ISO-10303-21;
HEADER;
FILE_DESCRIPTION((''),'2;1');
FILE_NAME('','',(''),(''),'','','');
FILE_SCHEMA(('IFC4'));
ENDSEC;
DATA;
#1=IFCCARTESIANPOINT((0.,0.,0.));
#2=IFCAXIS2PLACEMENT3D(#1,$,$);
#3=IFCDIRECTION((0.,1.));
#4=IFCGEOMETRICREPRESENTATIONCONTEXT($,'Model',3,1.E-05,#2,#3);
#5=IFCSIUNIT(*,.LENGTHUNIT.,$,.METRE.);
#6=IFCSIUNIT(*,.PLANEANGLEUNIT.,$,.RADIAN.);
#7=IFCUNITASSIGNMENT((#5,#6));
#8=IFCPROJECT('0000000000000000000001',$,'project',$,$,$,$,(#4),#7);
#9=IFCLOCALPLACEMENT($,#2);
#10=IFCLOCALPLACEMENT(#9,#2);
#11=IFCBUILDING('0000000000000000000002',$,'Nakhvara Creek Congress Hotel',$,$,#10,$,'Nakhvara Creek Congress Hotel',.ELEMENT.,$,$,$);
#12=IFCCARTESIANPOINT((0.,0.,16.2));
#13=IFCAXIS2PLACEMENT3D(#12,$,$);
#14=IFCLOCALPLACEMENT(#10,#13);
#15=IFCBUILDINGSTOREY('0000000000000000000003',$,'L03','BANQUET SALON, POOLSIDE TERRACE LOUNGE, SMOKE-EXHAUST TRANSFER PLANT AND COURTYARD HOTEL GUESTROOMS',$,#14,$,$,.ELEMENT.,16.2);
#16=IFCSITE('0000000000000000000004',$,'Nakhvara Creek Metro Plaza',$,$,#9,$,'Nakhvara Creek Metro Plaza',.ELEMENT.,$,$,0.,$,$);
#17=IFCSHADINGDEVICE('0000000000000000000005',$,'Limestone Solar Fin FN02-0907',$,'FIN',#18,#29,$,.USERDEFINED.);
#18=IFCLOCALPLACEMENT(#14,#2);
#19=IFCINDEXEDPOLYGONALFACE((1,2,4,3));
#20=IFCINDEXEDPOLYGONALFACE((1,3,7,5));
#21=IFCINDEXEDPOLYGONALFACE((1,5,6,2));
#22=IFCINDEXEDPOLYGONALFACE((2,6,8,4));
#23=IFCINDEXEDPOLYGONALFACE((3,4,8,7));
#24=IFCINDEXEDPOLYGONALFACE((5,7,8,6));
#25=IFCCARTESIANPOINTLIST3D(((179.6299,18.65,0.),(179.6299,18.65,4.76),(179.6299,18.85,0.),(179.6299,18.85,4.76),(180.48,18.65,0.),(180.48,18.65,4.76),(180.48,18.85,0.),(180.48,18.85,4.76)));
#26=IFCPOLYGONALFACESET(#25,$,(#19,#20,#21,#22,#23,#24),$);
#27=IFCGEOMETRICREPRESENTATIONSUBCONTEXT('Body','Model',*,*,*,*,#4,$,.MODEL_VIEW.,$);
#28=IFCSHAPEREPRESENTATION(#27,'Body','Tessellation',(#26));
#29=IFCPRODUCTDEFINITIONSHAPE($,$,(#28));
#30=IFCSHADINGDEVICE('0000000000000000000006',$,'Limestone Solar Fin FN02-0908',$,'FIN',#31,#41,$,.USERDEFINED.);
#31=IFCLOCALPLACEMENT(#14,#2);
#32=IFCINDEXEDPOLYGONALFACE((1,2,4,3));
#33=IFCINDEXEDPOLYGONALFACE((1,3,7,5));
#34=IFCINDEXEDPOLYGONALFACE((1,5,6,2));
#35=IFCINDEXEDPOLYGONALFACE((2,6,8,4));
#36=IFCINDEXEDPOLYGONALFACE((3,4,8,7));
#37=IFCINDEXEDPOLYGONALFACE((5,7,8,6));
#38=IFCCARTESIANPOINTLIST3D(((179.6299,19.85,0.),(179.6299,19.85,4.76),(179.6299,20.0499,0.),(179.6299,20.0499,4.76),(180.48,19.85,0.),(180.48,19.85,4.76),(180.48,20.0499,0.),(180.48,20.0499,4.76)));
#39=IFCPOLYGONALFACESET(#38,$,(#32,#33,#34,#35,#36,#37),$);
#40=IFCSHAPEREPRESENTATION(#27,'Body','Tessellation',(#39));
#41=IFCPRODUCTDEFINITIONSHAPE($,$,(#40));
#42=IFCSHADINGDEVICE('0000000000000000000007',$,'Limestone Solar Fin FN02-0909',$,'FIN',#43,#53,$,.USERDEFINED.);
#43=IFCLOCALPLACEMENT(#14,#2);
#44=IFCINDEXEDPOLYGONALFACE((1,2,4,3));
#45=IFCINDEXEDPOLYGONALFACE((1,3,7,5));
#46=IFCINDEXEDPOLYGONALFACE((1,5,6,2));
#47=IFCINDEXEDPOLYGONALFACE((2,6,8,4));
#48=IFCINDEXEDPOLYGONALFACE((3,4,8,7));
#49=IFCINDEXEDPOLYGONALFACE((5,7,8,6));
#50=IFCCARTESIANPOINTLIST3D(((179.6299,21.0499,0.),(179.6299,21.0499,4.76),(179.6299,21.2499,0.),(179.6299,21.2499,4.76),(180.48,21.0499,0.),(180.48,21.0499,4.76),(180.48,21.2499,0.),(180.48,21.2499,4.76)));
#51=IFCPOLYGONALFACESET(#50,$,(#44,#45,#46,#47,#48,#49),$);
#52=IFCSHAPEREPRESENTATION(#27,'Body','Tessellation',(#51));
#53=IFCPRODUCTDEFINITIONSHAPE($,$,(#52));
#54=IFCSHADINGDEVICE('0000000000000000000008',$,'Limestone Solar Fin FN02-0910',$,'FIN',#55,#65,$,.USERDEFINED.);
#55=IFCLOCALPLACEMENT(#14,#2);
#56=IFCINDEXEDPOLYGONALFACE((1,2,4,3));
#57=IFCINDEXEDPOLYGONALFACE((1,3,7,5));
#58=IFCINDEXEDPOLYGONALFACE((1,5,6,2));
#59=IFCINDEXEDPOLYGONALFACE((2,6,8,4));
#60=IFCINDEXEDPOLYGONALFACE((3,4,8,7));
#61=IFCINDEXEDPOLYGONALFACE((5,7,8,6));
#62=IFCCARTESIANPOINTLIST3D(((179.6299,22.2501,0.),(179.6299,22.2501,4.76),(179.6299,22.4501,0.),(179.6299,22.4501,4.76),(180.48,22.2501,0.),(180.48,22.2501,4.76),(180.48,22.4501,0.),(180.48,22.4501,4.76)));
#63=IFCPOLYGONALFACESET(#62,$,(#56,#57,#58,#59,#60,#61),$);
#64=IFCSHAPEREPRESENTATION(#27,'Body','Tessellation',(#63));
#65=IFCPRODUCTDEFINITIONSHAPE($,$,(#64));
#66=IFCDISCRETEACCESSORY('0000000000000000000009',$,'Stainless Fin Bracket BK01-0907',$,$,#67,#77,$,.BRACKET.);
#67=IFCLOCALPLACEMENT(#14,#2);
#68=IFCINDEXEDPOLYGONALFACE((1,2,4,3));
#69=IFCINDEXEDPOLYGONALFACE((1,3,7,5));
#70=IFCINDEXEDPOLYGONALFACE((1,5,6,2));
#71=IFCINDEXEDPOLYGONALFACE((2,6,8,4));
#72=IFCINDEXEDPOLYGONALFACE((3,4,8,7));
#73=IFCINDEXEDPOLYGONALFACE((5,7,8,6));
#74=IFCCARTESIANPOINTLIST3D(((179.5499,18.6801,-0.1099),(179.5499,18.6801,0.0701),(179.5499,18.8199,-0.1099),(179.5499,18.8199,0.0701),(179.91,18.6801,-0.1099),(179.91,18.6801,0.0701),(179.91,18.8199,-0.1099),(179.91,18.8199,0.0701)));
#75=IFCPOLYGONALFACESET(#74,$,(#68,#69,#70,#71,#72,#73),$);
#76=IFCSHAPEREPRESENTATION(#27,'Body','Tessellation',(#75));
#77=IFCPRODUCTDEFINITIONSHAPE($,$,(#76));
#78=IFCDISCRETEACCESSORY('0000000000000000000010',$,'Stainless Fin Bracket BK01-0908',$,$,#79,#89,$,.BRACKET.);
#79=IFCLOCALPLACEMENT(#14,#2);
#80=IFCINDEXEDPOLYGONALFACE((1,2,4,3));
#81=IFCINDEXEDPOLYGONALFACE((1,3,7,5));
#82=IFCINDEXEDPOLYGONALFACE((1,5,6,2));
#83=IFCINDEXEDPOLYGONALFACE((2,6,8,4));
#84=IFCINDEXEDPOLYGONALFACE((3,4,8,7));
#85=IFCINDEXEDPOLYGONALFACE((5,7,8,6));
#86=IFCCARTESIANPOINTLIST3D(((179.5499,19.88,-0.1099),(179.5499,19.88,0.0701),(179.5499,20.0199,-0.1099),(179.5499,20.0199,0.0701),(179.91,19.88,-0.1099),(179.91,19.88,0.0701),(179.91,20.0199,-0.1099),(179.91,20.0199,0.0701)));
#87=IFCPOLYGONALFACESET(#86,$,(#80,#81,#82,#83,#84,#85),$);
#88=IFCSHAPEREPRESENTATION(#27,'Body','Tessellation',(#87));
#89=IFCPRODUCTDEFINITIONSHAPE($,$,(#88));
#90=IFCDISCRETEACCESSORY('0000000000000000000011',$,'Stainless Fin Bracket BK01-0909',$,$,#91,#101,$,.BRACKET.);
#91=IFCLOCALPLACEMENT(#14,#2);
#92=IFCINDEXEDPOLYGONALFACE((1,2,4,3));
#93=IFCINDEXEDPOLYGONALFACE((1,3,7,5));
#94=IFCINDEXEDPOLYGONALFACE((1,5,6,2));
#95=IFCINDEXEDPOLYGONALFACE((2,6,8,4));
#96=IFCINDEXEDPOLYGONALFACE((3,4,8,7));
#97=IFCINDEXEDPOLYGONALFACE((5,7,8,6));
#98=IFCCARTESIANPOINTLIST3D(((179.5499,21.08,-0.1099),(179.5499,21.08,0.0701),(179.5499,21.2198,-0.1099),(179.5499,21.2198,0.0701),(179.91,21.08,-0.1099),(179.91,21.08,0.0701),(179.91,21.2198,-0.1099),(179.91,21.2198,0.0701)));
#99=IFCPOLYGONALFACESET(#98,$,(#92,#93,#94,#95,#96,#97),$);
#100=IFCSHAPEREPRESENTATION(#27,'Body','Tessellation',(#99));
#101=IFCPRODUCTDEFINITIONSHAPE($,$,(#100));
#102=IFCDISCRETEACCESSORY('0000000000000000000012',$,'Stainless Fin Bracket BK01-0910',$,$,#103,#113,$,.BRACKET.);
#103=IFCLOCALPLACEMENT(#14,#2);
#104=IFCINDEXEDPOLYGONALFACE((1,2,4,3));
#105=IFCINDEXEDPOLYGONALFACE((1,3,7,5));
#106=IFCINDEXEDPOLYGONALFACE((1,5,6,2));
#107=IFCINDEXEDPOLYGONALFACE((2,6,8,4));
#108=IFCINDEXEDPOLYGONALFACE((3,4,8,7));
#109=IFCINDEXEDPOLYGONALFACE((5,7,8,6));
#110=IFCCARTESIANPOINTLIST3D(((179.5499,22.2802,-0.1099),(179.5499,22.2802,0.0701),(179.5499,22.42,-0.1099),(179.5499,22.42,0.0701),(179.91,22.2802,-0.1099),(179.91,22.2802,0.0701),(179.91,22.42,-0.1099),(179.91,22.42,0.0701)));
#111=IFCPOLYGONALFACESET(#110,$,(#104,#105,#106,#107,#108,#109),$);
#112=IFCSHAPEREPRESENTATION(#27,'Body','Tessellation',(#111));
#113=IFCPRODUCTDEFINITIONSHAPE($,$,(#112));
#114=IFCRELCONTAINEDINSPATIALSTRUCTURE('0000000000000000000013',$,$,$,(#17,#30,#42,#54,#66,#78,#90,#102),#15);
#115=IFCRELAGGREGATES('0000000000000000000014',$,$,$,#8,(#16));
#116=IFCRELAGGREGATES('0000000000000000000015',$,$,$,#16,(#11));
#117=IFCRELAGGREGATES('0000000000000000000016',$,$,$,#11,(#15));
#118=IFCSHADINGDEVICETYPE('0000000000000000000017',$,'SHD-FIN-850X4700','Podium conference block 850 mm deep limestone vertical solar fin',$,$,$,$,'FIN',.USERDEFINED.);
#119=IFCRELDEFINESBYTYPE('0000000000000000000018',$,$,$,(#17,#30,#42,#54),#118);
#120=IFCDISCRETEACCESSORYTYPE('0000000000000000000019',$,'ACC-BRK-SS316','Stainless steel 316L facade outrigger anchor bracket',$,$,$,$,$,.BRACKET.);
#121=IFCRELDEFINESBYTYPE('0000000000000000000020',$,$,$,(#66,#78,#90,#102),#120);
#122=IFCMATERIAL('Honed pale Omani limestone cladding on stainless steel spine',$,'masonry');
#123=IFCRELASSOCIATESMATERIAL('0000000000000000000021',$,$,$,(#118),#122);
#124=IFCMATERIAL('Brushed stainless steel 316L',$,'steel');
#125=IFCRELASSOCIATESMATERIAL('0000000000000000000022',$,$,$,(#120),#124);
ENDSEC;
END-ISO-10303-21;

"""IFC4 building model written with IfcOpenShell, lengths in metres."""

from ifc_helpers import new_model, si_unit, direction, frame, origin, origin_2d, place, context, subcontext, project, spatial, rectangle, extrude, material, type_object, element, save


model = new_model("IFC4")

# Units and contexts
model_context = context("Model", 3, precision=1e-05, world=origin(), true_north=direction((0.0, 1.0)))
body_context = subcontext(model_context, "Body", "Model", "MODEL_VIEW")
ifc_project = project(units=[si_unit("LENGTHUNIT", "METRE"), si_unit("PLANEANGLEUNIT", "RADIAN")], contexts=[model_context])

# Site, building, storey
site_placement = place(None, origin())
site = spatial("IfcSite", under=ifc_project, at=site_placement, Name="Nakhvara Creek Metro Plaza", LongName="Nakhvara Creek Metro Plaza", CompositionType="ELEMENT", RefElevation=0.0)
building_placement = place(site_placement, origin())
building = spatial("IfcBuilding", under=site, at=building_placement, Name="Nakhvara Creek Congress Hotel", LongName="Nakhvara Creek Congress Hotel", CompositionType="ELEMENT")
storey_placement = place(building_placement, frame((0.0, 0.0, 16.2)))
storey = spatial("IfcBuildingStorey", under=building, at=storey_placement, Name="L03", Description="BANQUET SALON, POOLSIDE TERRACE LOUNGE, SMOKE-EXHAUST TRANSFER PLANT AND COURTYARD HOTEL GUESTROOMS", CompositionType="ELEMENT", Elevation=16.2)

# Shading devices
ifc_material_1 = material(Name="Honed pale Omani limestone cladding on stainless steel spine", Category="masonry")
shading_device_type = type_object("IfcShadingDeviceType", Name="SHD-FIN-850X4700", Description="Podium conference block 850 mm deep limestone vertical solar fin", ElementType="FIN", PredefinedType="USERDEFINED", material=ifc_material_1)
for number, where, z_axis, x_axis, name in (
    (1, (180.0549, 18.75, 0.0), (0.0, 0.0, 1.0), (0.0, 1.0, 0.0), "Limestone Solar Fin FN02-0907"),
    (2, (180.0549, 19.95, 0.0), (0.0, 0.0, 1.0), (0.0, 1.0, 0.0), "Limestone Solar Fin FN02-0908"),
    (3, (180.0549, 21.1499, 0.0), (0.0, 0.0, 1.0), (0.0, 1.0, 0.0), "Limestone Solar Fin FN02-0909"),
    (4, (180.0549, 22.3501, 0.0), (0.0, 0.0, 1.0), (0.0, 1.0, 0.0), "Limestone Solar Fin FN02-0910"),
):
    element("IfcShadingDevice", number, at=place(storey_placement, frame(where, z_axis=z_axis, x_axis=x_axis)), inside=storey, type_object=shading_device_type, Name=name, ObjectType="FIN", PredefinedType="USERDEFINED", context=body_context, shape_type="SweptSolid", body=[
        extrude(rectangle(XDim=0.2, YDim=0.8501, at=origin_2d()), origin(), (0.0, 0.0, 1.0), 4.76),
    ])

# Discrete accessories
ifc_material_2 = material(Name="Brushed stainless steel 316L", Category="steel")
discrete_accessory_type = type_object("IfcDiscreteAccessoryType", Name="ACC-BRK-SS316", Description="Stainless steel 316L facade outrigger anchor bracket", PredefinedType="BRACKET", material=ifc_material_2)
for number, where, z_axis, x_axis, name in (
    (5, (179.73, 18.75, -0.1099), (0.0, 0.0, 1.0), (0.0, 1.0, 0.0), "Stainless Fin Bracket BK01-0907"),
    (6, (179.73, 19.95, -0.1099), (0.0, 0.0, 1.0), (0.0, 1.0, 0.0), "Stainless Fin Bracket BK01-0908"),
    (7, (179.73, 21.1499, -0.1099), (0.0, 0.0, 1.0), (0.0, 1.0, 0.0), "Stainless Fin Bracket BK01-0909"),
    (8, (179.73, 22.3501, -0.1099), (0.0, 0.0, 1.0), (0.0, 1.0, 0.0), "Stainless Fin Bracket BK01-0910"),
):
    element("IfcDiscreteAccessory", number, at=place(storey_placement, frame(where, z_axis=z_axis, x_axis=x_axis)), inside=storey, type_object=discrete_accessory_type, Name=name, PredefinedType="BRACKET", context=body_context, shape_type="SweptSolid", body=[
        extrude(rectangle(XDim=0.1399, YDim=0.3601, at=origin_2d()), origin(), (0.0, 0.0, 1.0), 0.1799),
    ])

save(model, "model.ifc")
